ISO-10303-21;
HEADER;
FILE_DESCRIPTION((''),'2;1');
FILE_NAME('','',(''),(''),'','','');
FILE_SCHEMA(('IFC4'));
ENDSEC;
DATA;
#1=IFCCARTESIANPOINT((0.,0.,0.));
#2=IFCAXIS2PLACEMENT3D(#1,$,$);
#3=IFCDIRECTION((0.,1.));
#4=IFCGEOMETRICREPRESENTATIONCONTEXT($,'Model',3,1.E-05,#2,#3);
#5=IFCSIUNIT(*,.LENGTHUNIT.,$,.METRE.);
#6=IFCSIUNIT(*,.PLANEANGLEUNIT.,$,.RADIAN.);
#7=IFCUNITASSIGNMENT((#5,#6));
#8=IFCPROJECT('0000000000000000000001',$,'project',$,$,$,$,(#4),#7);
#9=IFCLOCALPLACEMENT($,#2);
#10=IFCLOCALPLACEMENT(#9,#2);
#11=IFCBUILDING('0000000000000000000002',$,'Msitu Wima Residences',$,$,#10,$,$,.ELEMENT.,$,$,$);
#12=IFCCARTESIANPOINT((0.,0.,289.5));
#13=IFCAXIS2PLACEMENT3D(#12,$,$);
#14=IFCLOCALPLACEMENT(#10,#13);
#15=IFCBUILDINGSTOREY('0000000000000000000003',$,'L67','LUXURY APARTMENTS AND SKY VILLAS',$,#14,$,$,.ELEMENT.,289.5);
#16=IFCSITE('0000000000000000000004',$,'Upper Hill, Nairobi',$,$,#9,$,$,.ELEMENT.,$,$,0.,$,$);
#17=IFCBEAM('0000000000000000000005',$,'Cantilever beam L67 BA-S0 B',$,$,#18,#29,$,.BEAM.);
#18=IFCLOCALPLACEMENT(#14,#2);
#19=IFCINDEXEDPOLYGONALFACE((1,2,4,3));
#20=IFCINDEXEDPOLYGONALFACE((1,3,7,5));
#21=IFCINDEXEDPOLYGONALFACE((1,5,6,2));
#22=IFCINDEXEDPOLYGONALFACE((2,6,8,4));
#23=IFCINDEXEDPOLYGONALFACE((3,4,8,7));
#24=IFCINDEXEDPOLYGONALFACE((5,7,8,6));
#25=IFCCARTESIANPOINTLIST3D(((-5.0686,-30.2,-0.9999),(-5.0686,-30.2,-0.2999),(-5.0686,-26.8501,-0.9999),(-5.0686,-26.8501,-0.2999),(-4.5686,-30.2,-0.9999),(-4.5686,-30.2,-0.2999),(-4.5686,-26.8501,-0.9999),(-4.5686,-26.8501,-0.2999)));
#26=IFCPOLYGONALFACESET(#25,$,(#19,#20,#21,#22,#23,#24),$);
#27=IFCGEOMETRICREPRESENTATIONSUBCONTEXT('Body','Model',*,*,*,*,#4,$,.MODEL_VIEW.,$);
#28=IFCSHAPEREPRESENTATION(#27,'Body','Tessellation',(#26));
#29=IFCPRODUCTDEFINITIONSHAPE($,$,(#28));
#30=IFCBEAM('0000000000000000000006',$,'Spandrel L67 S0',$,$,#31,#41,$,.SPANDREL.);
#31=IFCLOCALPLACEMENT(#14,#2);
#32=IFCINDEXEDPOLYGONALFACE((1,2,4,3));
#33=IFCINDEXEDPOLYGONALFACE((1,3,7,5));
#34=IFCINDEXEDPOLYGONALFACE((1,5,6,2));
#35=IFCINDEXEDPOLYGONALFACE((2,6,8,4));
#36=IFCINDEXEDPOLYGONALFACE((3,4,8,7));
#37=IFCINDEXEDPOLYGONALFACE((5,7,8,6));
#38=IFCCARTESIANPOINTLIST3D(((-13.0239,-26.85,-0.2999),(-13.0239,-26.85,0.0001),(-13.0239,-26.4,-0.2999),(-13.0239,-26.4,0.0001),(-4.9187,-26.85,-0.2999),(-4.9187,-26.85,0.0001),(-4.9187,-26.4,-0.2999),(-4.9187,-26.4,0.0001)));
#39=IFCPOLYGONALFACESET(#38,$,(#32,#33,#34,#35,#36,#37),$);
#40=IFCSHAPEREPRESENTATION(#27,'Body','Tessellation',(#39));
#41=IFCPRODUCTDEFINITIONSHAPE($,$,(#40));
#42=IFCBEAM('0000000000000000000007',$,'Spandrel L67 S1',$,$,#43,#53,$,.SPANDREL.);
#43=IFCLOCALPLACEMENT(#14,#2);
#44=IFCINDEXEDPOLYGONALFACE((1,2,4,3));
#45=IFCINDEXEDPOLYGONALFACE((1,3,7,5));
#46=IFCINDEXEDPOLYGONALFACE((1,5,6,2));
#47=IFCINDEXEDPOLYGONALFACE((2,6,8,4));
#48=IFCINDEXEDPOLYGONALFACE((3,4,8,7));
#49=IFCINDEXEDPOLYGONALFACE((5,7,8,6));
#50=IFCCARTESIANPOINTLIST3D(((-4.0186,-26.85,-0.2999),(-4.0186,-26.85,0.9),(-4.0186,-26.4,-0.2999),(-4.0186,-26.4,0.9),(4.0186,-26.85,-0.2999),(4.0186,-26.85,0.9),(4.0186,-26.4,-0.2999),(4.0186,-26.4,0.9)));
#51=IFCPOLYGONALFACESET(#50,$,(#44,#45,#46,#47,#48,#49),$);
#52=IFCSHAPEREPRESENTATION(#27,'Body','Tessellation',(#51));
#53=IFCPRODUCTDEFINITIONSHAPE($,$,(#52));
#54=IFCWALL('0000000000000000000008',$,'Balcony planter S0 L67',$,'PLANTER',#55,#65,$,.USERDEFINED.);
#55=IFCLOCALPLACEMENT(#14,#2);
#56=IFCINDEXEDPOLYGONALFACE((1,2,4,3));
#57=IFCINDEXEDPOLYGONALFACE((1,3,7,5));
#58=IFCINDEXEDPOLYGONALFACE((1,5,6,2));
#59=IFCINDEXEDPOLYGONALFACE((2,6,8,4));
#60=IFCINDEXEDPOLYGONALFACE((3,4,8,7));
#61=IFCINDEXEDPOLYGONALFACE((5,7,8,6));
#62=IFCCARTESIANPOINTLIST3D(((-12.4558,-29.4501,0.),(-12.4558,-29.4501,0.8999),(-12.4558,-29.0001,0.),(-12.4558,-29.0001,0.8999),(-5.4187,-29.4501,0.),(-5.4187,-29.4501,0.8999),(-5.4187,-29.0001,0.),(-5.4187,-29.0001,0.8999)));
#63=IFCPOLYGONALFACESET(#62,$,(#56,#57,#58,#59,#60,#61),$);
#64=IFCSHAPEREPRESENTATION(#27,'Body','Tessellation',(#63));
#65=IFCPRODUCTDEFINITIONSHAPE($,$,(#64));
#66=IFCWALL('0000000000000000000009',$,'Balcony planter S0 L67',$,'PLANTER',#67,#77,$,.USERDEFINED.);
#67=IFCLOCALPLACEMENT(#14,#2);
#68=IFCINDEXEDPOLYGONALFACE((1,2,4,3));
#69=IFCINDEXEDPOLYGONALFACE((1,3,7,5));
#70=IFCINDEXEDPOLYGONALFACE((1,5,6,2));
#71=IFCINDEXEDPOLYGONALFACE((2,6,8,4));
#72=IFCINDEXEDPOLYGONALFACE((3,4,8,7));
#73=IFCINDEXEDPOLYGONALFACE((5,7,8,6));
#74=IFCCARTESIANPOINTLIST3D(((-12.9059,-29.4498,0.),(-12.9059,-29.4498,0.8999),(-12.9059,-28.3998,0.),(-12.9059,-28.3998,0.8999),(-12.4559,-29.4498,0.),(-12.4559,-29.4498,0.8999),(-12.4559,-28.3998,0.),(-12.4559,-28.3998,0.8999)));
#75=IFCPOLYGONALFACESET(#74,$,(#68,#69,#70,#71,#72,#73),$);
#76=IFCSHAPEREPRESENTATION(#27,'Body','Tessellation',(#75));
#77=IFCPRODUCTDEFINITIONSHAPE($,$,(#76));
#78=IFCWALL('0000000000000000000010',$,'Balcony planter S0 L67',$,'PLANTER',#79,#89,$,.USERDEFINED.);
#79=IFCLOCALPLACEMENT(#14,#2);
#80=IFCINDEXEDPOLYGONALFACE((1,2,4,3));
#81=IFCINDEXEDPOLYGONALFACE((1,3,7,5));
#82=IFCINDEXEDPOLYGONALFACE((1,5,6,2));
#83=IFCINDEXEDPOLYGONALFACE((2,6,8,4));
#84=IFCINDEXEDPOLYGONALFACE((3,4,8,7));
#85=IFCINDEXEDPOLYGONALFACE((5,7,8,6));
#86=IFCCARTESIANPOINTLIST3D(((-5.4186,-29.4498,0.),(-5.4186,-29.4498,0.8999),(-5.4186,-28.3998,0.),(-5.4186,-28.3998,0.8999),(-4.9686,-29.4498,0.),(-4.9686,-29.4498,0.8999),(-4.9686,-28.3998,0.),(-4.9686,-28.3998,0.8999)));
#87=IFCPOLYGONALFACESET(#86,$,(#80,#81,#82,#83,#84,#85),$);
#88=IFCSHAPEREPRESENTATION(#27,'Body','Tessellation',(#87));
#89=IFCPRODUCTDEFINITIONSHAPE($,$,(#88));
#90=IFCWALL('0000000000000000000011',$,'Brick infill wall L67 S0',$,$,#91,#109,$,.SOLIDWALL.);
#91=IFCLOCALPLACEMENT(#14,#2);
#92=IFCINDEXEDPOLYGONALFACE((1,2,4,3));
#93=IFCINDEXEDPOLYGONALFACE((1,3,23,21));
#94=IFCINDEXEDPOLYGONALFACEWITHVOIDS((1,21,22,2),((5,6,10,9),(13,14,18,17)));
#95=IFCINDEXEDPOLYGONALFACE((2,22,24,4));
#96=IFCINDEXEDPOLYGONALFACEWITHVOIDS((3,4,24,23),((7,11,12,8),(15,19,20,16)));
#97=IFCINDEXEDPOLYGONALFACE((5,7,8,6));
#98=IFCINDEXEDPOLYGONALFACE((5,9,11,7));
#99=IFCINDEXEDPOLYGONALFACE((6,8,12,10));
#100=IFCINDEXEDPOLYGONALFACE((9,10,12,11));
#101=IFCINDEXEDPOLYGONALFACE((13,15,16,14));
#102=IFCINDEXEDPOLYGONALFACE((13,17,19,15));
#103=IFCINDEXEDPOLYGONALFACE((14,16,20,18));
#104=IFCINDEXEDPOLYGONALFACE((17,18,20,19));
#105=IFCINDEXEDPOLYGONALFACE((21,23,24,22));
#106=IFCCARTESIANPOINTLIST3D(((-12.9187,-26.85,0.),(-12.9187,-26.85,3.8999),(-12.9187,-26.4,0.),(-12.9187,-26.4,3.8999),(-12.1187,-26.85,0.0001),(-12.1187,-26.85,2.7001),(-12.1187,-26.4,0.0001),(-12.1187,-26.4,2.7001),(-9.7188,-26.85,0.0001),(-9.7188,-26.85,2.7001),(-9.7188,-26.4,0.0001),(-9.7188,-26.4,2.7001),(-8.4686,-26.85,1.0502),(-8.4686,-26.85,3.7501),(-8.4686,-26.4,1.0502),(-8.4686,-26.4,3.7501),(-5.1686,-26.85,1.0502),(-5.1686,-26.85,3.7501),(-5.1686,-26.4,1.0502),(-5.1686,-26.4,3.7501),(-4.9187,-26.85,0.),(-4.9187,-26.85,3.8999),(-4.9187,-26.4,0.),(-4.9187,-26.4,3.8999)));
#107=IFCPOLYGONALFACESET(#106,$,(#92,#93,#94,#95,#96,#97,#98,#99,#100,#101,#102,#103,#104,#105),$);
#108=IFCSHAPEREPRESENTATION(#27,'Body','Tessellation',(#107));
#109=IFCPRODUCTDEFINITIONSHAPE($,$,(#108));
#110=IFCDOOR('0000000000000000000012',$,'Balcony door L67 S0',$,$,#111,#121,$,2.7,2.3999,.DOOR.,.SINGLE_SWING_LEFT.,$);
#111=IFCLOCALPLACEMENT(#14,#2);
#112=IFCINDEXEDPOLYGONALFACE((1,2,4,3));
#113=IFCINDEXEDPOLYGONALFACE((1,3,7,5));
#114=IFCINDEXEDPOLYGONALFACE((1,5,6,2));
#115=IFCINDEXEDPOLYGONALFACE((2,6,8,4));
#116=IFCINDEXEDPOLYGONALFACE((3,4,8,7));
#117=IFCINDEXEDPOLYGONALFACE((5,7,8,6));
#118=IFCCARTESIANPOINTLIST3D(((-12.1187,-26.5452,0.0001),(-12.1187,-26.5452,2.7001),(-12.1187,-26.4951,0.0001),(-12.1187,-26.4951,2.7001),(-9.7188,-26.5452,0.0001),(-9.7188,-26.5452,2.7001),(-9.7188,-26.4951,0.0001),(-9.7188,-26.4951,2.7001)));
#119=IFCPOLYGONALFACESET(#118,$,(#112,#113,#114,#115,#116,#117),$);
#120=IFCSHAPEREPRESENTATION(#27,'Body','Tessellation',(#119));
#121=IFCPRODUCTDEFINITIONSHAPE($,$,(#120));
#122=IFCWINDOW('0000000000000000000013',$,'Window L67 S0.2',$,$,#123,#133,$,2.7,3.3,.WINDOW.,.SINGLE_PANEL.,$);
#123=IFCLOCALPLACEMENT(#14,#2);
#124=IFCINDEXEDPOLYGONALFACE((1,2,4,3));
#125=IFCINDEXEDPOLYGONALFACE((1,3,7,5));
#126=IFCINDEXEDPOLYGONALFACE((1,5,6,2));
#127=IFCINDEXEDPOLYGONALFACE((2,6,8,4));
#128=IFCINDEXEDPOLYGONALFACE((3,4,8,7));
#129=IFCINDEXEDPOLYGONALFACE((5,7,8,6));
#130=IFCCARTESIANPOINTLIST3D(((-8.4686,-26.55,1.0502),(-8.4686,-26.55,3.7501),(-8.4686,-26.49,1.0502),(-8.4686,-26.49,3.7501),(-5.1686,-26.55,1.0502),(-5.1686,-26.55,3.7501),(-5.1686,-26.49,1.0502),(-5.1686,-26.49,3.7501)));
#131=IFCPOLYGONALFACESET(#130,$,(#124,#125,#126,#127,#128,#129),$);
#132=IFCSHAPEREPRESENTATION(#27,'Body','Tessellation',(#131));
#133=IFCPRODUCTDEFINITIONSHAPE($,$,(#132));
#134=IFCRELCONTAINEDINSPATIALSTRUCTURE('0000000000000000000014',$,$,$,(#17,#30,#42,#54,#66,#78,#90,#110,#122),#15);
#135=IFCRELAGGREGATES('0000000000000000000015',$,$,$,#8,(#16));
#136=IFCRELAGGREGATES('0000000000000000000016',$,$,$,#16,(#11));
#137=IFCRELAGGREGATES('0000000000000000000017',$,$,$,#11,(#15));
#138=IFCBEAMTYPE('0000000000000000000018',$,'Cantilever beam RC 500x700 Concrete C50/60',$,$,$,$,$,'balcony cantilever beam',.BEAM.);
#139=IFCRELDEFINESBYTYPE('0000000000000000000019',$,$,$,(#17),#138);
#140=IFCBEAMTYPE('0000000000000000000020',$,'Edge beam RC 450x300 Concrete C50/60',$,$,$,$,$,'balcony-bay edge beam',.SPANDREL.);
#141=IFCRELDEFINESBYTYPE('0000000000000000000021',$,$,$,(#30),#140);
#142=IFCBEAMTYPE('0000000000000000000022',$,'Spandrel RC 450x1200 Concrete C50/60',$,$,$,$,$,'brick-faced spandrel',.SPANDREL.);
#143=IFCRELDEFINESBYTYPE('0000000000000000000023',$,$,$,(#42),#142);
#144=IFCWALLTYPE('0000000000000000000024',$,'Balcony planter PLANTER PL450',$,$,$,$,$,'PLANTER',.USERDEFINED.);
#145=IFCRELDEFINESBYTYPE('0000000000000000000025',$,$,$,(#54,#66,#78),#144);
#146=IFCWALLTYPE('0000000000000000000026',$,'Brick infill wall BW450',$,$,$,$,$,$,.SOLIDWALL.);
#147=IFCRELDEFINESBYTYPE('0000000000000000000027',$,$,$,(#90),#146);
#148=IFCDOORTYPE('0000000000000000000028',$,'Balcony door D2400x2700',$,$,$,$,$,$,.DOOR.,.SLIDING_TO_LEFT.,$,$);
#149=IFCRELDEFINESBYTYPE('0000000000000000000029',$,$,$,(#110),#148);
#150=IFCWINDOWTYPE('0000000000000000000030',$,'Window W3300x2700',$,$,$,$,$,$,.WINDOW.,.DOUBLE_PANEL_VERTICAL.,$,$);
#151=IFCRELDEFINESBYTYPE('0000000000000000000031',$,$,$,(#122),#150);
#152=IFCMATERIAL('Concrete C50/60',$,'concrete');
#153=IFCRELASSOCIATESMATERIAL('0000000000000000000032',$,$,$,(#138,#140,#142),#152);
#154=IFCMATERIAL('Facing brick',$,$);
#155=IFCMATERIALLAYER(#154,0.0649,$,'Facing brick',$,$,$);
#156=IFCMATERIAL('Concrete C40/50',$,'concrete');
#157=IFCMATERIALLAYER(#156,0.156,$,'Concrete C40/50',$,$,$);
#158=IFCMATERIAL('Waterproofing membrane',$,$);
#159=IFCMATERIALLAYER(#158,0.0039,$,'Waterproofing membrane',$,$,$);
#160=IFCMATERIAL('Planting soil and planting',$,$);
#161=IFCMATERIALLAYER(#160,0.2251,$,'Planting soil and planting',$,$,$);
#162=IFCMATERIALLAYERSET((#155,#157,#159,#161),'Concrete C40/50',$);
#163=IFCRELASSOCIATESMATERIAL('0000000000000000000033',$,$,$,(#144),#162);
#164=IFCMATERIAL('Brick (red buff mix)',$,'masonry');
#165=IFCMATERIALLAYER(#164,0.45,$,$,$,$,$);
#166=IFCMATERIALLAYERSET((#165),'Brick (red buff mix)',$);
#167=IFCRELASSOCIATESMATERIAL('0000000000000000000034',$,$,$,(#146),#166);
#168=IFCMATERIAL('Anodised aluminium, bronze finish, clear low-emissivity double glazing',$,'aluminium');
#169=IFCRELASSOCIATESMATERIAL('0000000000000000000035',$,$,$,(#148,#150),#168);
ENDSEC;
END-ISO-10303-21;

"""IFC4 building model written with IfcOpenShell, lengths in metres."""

from ifc_helpers import new_model, si_unit, direction, frame, frame_2d, origin, origin_2d, place, context, subcontext, project, spatial, rectangle, extrude, material, layer, layer_set, material_profile, profile_set, type_object, element, fill, save


model = new_model("IFC4")

# Units and contexts
model_context = context("Model", 3, precision=1e-05, world=origin(), true_north=direction((0.0, 1.0)))
body_context = subcontext(model_context, "Body", "Model", "MODEL_VIEW")
ifc_project = project(units=[si_unit("LENGTHUNIT", "METRE"), si_unit("PLANEANGLEUNIT", "RADIAN")], contexts=[model_context])

# Site, building, storey
site_placement = place(None, origin())
site = spatial("IfcSite", under=ifc_project, at=site_placement, Name="Upper Hill, Nairobi", CompositionType="ELEMENT", RefElevation=0.0)
building_placement = place(site_placement, origin())
building = spatial("IfcBuilding", under=site, at=building_placement, Name="Msitu Wima Residences", CompositionType="ELEMENT")
storey_placement = place(building_placement, frame((0.0, 0.0, 289.5)))
storey = spatial("IfcBuildingStorey", under=building, at=storey_placement, Name="L67", Description="LUXURY APARTMENTS AND SKY VILLAS", CompositionType="ELEMENT", Elevation=289.5)

# Beams
ifc_material_1 = material(Name="Concrete C50/60", Category="concrete")
ifc_material_profile_1 = material_profile(ifc_material_1, rectangle(XDim=0.5, YDim=0.7, at=origin_2d()), Name="RC 500x700")
ifc_profile_set_1 = profile_set([ifc_material_profile_1], Name="Concrete C50/60")
beam_type_1 = type_object("IfcBeamType", Name="Cantilever beam RC 500x700 Concrete C50/60", ElementType="balcony cantilever beam", PredefinedType="BEAM", material=ifc_profile_set_1)
beam_1_placement = place(storey_placement, frame((-4.8186, -26.8501, -0.6499), z_axis=(0.0, -1.0, 0.0), x_axis=(1.0, 0.0, 0.0)))
element("IfcBeam", 1, at=beam_1_placement, inside=storey, type_object=beam_type_1, Name="Cantilever beam L67 BA-S0 B", PredefinedType="BEAM", context=body_context, shape_type="SweptSolid", body=[
    extrude(rectangle(XDim=0.5, YDim=0.7, at=origin_2d()), origin(), (0.0, 0.0, 1.0), 3.3499),
])
ifc_material_profile_2 = material_profile(ifc_material_1, rectangle(XDim=0.45, YDim=0.3, at=origin_2d()), Name="RC 450x300")
ifc_profile_set_2 = profile_set([ifc_material_profile_2], Name="Concrete C50/60")
beam_type_2 = type_object("IfcBeamType", Name="Edge beam RC 450x300 Concrete C50/60", ElementType="balcony-bay edge beam", PredefinedType="SPANDREL", material=ifc_profile_set_2)
beam_2_placement = place(storey_placement, frame((-13.0239, -26.625, -0.1499), z_axis=(1.0, 0.0, 0.0), x_axis=(0.0, 1.0, 0.0)))
element("IfcBeam", 2, at=beam_2_placement, inside=storey, type_object=beam_type_2, Name="Spandrel L67 S0", PredefinedType="SPANDREL", context=body_context, shape_type="SweptSolid", body=[
    extrude(rectangle(XDim=0.45, YDim=0.3, at=origin_2d()), origin(), (0.0, 0.0, 1.0), 8.1052),
])
ifc_material_profile_3 = material_profile(ifc_material_1, rectangle(XDim=0.45, YDim=1.2, at=origin_2d()), Name="RC 450x1200")
ifc_profile_set_3 = profile_set([ifc_material_profile_3], Name="Concrete C50/60")
beam_type_3 = type_object("IfcBeamType", Name="Spandrel RC 450x1200 Concrete C50/60", ElementType="brick-faced spandrel", PredefinedType="SPANDREL", material=ifc_profile_set_3)
beam_3_placement = place(storey_placement, frame((-4.0186, -26.625, 0.3), z_axis=(1.0, 0.0, 0.0), x_axis=(0.0, 1.0, 0.0)))
element("IfcBeam", 3, at=beam_3_placement, inside=storey, type_object=beam_type_3, Name="Spandrel L67 S1", PredefinedType="SPANDREL", context=body_context, shape_type="SweptSolid", body=[
    extrude(rectangle(XDim=0.45, YDim=1.2, at=origin_2d()), origin(), (0.0, 0.0, 1.0), 8.0371),
])

# Walls
ifc_material_2 = material(Name="Facing brick")
ifc_layer_1 = layer(ifc_material_2, 0.0649, Name="Facing brick")
ifc_material_3 = material(Name="Concrete C40/50", Category="concrete")
ifc_layer_2 = layer(ifc_material_3, 0.156, Name="Concrete C40/50")
ifc_material_4 = material(Name="Waterproofing membrane")
ifc_layer_3 = layer(ifc_material_4, 0.0039, Name="Waterproofing membrane")
ifc_material_5 = material(Name="Planting soil and planting")
ifc_layer_4 = layer(ifc_material_5, 0.2251, Name="Planting soil and planting")
ifc_layer_set_1 = layer_set([ifc_layer_1, ifc_layer_2, ifc_layer_3, ifc_layer_4], Name="Concrete C40/50")
wall_type_1 = type_object("IfcWallType", Name="Balcony planter PLANTER PL450", ElementType="PLANTER", PredefinedType="USERDEFINED", material=ifc_layer_set_1)
wall_1_placement = place(storey_placement, frame((-12.4558, -29.2251, 0.0), z_axis=(0.0, 0.0, 1.0), x_axis=(1.0, 0.0, 0.0)))
element("IfcWall", 4, at=wall_1_placement, inside=storey, type_object=wall_type_1, Name="Balcony planter S0 L67", ObjectType="PLANTER", PredefinedType="USERDEFINED", context=body_context, shape_type="SweptSolid", body=[
    extrude(rectangle(XDim=7.0371, YDim=0.45, at=frame_2d((3.5186, 0.0))), origin(), (0.0, 0.0, 1.0), 0.8999),
])
for number, where, z_axis, x_axis, name in (
    (5, (-12.6809, -28.3999, 0.0), (0.0, 0.0, 1.0), (0.0, -1.0, 0.0), "Balcony planter S0 L67"),
    (6, (-5.1936, -28.3999, 0.0), (0.0, 0.0, 1.0), (0.0, -1.0, 0.0), "Balcony planter S0 L67"),
):
    element("IfcWall", number, at=place(storey_placement, frame(where, z_axis=z_axis, x_axis=x_axis)), inside=storey, type_object=wall_type_1, Name=name, ObjectType="PLANTER", PredefinedType="USERDEFINED", context=body_context, shape_type="SweptSolid", body=[
        extrude(rectangle(XDim=1.05, YDim=0.45, at=frame_2d((0.5249, 0.0))), origin(), (0.0, 0.0, 1.0), 0.8999),
    ])

# Wall, openings, door, window
ifc_material_6 = material(Name="Brick (red buff mix)", Category="masonry")
ifc_layer_5 = layer(ifc_material_6, 0.45)
ifc_layer_set_2 = layer_set([ifc_layer_5], Name="Brick (red buff mix)")
wall_type_2 = type_object("IfcWallType", Name="Brick infill wall BW450", PredefinedType="SOLIDWALL", material=ifc_layer_set_2)
wall_2_placement = place(storey_placement, frame((-12.9187, -26.625, 0.0), z_axis=(0.0, 0.0, 1.0), x_axis=(1.0, 0.0, 0.0)))
wall_2 = element("IfcWall", 7, at=wall_2_placement, inside=storey, type_object=wall_type_2, Name="Brick infill wall L67 S0", PredefinedType="SOLIDWALL", context=body_context, shape_type="SweptSolid", body=[
    extrude(rectangle(XDim=8.0, YDim=0.45, at=frame_2d((4.0, 0.0))), origin(), (0.0, 0.0, 1.0), 3.8999),
])
opening_1_placement = place(wall_2_placement, frame((0.8, 0.0, 0.0)))
opening_1 = element("IfcOpeningElement", 8, at=opening_1_placement, cuts=wall_2, PredefinedType="OPENING", context=body_context, shape_type="SweptSolid", body=[
    extrude(rectangle(XDim=2.3999, YDim=2.7, at=frame_2d((1.2, 1.3501))), frame((0.0, 0.2349, 0.0), z_axis=(0.0, -1.0, 0.0), x_axis=(1.0, 0.0, 0.0)), (0.0, 0.0, 1.0), 0.47),
])
opening_2_placement = place(wall_2_placement, frame((4.4502, 0.0, 1.05)))
opening_2 = element("IfcOpeningElement", 9, at=opening_2_placement, cuts=wall_2, PredefinedType="OPENING", context=body_context, shape_type="SweptSolid", body=[
    extrude(rectangle(XDim=3.3, YDim=2.7, at=frame_2d((1.6499, 1.3501))), frame((0.0, 0.2349, 0.0), z_axis=(0.0, -1.0, 0.0), x_axis=(1.0, 0.0, 0.0)), (0.0, 0.0, 1.0), 0.47),
])
ifc_material_7 = material(Name="Anodised aluminium, bronze finish, clear low-emissivity double glazing", Category="aluminium")
door_type_1 = type_object("IfcDoorType", Name="Balcony door D2400x2700", OperationType="SLIDING_TO_LEFT", PredefinedType="DOOR", material=ifc_material_7)
door_1_placement = place(opening_1_placement, origin())
door_1 = element("IfcDoor", 10, at=door_1_placement, inside=storey, type_object=door_type_1, Name="Balcony door L67 S0", OperationType="SINGLE_SWING_LEFT", OverallHeight=2.7, OverallWidth=2.3999, PredefinedType="DOOR", context=body_context, shape_type="SweptSolid", body=[
    extrude(rectangle(XDim=2.3999, YDim=2.7, at=frame_2d((1.2, 1.3501))), frame((0.0, 0.1299, 0.0), z_axis=(0.0, -1.0, 0.0), x_axis=(1.0, 0.0, 0.0)), (0.0, 0.0, 1.0), 0.05),
])
fill(opening_1, door_1)
window_type = type_object("IfcWindowType", Name="Window W3300x2700", PartitioningType="DOUBLE_PANEL_VERTICAL", PredefinedType="WINDOW", material=ifc_material_7)
window_1_placement = place(opening_2_placement, origin())
window_1 = element("IfcWindow", 11, at=window_1_placement, inside=storey, type_object=window_type, Name="Window L67 S0.2", OverallHeight=2.7, OverallWidth=3.3, PartitioningType="SINGLE_PANEL", PredefinedType="WINDOW", context=body_context, shape_type="SweptSolid", body=[
    extrude(rectangle(XDim=3.3, YDim=2.7, at=frame_2d((1.6499, 1.3501))), frame((0.0, 0.135, 0.0), z_axis=(0.0, -1.0, 0.0), x_axis=(1.0, 0.0, 0.0)), (0.0, 0.0, 1.0), 0.0601),
])
fill(opening_2, window_1)

save(model, "model.ifc")
